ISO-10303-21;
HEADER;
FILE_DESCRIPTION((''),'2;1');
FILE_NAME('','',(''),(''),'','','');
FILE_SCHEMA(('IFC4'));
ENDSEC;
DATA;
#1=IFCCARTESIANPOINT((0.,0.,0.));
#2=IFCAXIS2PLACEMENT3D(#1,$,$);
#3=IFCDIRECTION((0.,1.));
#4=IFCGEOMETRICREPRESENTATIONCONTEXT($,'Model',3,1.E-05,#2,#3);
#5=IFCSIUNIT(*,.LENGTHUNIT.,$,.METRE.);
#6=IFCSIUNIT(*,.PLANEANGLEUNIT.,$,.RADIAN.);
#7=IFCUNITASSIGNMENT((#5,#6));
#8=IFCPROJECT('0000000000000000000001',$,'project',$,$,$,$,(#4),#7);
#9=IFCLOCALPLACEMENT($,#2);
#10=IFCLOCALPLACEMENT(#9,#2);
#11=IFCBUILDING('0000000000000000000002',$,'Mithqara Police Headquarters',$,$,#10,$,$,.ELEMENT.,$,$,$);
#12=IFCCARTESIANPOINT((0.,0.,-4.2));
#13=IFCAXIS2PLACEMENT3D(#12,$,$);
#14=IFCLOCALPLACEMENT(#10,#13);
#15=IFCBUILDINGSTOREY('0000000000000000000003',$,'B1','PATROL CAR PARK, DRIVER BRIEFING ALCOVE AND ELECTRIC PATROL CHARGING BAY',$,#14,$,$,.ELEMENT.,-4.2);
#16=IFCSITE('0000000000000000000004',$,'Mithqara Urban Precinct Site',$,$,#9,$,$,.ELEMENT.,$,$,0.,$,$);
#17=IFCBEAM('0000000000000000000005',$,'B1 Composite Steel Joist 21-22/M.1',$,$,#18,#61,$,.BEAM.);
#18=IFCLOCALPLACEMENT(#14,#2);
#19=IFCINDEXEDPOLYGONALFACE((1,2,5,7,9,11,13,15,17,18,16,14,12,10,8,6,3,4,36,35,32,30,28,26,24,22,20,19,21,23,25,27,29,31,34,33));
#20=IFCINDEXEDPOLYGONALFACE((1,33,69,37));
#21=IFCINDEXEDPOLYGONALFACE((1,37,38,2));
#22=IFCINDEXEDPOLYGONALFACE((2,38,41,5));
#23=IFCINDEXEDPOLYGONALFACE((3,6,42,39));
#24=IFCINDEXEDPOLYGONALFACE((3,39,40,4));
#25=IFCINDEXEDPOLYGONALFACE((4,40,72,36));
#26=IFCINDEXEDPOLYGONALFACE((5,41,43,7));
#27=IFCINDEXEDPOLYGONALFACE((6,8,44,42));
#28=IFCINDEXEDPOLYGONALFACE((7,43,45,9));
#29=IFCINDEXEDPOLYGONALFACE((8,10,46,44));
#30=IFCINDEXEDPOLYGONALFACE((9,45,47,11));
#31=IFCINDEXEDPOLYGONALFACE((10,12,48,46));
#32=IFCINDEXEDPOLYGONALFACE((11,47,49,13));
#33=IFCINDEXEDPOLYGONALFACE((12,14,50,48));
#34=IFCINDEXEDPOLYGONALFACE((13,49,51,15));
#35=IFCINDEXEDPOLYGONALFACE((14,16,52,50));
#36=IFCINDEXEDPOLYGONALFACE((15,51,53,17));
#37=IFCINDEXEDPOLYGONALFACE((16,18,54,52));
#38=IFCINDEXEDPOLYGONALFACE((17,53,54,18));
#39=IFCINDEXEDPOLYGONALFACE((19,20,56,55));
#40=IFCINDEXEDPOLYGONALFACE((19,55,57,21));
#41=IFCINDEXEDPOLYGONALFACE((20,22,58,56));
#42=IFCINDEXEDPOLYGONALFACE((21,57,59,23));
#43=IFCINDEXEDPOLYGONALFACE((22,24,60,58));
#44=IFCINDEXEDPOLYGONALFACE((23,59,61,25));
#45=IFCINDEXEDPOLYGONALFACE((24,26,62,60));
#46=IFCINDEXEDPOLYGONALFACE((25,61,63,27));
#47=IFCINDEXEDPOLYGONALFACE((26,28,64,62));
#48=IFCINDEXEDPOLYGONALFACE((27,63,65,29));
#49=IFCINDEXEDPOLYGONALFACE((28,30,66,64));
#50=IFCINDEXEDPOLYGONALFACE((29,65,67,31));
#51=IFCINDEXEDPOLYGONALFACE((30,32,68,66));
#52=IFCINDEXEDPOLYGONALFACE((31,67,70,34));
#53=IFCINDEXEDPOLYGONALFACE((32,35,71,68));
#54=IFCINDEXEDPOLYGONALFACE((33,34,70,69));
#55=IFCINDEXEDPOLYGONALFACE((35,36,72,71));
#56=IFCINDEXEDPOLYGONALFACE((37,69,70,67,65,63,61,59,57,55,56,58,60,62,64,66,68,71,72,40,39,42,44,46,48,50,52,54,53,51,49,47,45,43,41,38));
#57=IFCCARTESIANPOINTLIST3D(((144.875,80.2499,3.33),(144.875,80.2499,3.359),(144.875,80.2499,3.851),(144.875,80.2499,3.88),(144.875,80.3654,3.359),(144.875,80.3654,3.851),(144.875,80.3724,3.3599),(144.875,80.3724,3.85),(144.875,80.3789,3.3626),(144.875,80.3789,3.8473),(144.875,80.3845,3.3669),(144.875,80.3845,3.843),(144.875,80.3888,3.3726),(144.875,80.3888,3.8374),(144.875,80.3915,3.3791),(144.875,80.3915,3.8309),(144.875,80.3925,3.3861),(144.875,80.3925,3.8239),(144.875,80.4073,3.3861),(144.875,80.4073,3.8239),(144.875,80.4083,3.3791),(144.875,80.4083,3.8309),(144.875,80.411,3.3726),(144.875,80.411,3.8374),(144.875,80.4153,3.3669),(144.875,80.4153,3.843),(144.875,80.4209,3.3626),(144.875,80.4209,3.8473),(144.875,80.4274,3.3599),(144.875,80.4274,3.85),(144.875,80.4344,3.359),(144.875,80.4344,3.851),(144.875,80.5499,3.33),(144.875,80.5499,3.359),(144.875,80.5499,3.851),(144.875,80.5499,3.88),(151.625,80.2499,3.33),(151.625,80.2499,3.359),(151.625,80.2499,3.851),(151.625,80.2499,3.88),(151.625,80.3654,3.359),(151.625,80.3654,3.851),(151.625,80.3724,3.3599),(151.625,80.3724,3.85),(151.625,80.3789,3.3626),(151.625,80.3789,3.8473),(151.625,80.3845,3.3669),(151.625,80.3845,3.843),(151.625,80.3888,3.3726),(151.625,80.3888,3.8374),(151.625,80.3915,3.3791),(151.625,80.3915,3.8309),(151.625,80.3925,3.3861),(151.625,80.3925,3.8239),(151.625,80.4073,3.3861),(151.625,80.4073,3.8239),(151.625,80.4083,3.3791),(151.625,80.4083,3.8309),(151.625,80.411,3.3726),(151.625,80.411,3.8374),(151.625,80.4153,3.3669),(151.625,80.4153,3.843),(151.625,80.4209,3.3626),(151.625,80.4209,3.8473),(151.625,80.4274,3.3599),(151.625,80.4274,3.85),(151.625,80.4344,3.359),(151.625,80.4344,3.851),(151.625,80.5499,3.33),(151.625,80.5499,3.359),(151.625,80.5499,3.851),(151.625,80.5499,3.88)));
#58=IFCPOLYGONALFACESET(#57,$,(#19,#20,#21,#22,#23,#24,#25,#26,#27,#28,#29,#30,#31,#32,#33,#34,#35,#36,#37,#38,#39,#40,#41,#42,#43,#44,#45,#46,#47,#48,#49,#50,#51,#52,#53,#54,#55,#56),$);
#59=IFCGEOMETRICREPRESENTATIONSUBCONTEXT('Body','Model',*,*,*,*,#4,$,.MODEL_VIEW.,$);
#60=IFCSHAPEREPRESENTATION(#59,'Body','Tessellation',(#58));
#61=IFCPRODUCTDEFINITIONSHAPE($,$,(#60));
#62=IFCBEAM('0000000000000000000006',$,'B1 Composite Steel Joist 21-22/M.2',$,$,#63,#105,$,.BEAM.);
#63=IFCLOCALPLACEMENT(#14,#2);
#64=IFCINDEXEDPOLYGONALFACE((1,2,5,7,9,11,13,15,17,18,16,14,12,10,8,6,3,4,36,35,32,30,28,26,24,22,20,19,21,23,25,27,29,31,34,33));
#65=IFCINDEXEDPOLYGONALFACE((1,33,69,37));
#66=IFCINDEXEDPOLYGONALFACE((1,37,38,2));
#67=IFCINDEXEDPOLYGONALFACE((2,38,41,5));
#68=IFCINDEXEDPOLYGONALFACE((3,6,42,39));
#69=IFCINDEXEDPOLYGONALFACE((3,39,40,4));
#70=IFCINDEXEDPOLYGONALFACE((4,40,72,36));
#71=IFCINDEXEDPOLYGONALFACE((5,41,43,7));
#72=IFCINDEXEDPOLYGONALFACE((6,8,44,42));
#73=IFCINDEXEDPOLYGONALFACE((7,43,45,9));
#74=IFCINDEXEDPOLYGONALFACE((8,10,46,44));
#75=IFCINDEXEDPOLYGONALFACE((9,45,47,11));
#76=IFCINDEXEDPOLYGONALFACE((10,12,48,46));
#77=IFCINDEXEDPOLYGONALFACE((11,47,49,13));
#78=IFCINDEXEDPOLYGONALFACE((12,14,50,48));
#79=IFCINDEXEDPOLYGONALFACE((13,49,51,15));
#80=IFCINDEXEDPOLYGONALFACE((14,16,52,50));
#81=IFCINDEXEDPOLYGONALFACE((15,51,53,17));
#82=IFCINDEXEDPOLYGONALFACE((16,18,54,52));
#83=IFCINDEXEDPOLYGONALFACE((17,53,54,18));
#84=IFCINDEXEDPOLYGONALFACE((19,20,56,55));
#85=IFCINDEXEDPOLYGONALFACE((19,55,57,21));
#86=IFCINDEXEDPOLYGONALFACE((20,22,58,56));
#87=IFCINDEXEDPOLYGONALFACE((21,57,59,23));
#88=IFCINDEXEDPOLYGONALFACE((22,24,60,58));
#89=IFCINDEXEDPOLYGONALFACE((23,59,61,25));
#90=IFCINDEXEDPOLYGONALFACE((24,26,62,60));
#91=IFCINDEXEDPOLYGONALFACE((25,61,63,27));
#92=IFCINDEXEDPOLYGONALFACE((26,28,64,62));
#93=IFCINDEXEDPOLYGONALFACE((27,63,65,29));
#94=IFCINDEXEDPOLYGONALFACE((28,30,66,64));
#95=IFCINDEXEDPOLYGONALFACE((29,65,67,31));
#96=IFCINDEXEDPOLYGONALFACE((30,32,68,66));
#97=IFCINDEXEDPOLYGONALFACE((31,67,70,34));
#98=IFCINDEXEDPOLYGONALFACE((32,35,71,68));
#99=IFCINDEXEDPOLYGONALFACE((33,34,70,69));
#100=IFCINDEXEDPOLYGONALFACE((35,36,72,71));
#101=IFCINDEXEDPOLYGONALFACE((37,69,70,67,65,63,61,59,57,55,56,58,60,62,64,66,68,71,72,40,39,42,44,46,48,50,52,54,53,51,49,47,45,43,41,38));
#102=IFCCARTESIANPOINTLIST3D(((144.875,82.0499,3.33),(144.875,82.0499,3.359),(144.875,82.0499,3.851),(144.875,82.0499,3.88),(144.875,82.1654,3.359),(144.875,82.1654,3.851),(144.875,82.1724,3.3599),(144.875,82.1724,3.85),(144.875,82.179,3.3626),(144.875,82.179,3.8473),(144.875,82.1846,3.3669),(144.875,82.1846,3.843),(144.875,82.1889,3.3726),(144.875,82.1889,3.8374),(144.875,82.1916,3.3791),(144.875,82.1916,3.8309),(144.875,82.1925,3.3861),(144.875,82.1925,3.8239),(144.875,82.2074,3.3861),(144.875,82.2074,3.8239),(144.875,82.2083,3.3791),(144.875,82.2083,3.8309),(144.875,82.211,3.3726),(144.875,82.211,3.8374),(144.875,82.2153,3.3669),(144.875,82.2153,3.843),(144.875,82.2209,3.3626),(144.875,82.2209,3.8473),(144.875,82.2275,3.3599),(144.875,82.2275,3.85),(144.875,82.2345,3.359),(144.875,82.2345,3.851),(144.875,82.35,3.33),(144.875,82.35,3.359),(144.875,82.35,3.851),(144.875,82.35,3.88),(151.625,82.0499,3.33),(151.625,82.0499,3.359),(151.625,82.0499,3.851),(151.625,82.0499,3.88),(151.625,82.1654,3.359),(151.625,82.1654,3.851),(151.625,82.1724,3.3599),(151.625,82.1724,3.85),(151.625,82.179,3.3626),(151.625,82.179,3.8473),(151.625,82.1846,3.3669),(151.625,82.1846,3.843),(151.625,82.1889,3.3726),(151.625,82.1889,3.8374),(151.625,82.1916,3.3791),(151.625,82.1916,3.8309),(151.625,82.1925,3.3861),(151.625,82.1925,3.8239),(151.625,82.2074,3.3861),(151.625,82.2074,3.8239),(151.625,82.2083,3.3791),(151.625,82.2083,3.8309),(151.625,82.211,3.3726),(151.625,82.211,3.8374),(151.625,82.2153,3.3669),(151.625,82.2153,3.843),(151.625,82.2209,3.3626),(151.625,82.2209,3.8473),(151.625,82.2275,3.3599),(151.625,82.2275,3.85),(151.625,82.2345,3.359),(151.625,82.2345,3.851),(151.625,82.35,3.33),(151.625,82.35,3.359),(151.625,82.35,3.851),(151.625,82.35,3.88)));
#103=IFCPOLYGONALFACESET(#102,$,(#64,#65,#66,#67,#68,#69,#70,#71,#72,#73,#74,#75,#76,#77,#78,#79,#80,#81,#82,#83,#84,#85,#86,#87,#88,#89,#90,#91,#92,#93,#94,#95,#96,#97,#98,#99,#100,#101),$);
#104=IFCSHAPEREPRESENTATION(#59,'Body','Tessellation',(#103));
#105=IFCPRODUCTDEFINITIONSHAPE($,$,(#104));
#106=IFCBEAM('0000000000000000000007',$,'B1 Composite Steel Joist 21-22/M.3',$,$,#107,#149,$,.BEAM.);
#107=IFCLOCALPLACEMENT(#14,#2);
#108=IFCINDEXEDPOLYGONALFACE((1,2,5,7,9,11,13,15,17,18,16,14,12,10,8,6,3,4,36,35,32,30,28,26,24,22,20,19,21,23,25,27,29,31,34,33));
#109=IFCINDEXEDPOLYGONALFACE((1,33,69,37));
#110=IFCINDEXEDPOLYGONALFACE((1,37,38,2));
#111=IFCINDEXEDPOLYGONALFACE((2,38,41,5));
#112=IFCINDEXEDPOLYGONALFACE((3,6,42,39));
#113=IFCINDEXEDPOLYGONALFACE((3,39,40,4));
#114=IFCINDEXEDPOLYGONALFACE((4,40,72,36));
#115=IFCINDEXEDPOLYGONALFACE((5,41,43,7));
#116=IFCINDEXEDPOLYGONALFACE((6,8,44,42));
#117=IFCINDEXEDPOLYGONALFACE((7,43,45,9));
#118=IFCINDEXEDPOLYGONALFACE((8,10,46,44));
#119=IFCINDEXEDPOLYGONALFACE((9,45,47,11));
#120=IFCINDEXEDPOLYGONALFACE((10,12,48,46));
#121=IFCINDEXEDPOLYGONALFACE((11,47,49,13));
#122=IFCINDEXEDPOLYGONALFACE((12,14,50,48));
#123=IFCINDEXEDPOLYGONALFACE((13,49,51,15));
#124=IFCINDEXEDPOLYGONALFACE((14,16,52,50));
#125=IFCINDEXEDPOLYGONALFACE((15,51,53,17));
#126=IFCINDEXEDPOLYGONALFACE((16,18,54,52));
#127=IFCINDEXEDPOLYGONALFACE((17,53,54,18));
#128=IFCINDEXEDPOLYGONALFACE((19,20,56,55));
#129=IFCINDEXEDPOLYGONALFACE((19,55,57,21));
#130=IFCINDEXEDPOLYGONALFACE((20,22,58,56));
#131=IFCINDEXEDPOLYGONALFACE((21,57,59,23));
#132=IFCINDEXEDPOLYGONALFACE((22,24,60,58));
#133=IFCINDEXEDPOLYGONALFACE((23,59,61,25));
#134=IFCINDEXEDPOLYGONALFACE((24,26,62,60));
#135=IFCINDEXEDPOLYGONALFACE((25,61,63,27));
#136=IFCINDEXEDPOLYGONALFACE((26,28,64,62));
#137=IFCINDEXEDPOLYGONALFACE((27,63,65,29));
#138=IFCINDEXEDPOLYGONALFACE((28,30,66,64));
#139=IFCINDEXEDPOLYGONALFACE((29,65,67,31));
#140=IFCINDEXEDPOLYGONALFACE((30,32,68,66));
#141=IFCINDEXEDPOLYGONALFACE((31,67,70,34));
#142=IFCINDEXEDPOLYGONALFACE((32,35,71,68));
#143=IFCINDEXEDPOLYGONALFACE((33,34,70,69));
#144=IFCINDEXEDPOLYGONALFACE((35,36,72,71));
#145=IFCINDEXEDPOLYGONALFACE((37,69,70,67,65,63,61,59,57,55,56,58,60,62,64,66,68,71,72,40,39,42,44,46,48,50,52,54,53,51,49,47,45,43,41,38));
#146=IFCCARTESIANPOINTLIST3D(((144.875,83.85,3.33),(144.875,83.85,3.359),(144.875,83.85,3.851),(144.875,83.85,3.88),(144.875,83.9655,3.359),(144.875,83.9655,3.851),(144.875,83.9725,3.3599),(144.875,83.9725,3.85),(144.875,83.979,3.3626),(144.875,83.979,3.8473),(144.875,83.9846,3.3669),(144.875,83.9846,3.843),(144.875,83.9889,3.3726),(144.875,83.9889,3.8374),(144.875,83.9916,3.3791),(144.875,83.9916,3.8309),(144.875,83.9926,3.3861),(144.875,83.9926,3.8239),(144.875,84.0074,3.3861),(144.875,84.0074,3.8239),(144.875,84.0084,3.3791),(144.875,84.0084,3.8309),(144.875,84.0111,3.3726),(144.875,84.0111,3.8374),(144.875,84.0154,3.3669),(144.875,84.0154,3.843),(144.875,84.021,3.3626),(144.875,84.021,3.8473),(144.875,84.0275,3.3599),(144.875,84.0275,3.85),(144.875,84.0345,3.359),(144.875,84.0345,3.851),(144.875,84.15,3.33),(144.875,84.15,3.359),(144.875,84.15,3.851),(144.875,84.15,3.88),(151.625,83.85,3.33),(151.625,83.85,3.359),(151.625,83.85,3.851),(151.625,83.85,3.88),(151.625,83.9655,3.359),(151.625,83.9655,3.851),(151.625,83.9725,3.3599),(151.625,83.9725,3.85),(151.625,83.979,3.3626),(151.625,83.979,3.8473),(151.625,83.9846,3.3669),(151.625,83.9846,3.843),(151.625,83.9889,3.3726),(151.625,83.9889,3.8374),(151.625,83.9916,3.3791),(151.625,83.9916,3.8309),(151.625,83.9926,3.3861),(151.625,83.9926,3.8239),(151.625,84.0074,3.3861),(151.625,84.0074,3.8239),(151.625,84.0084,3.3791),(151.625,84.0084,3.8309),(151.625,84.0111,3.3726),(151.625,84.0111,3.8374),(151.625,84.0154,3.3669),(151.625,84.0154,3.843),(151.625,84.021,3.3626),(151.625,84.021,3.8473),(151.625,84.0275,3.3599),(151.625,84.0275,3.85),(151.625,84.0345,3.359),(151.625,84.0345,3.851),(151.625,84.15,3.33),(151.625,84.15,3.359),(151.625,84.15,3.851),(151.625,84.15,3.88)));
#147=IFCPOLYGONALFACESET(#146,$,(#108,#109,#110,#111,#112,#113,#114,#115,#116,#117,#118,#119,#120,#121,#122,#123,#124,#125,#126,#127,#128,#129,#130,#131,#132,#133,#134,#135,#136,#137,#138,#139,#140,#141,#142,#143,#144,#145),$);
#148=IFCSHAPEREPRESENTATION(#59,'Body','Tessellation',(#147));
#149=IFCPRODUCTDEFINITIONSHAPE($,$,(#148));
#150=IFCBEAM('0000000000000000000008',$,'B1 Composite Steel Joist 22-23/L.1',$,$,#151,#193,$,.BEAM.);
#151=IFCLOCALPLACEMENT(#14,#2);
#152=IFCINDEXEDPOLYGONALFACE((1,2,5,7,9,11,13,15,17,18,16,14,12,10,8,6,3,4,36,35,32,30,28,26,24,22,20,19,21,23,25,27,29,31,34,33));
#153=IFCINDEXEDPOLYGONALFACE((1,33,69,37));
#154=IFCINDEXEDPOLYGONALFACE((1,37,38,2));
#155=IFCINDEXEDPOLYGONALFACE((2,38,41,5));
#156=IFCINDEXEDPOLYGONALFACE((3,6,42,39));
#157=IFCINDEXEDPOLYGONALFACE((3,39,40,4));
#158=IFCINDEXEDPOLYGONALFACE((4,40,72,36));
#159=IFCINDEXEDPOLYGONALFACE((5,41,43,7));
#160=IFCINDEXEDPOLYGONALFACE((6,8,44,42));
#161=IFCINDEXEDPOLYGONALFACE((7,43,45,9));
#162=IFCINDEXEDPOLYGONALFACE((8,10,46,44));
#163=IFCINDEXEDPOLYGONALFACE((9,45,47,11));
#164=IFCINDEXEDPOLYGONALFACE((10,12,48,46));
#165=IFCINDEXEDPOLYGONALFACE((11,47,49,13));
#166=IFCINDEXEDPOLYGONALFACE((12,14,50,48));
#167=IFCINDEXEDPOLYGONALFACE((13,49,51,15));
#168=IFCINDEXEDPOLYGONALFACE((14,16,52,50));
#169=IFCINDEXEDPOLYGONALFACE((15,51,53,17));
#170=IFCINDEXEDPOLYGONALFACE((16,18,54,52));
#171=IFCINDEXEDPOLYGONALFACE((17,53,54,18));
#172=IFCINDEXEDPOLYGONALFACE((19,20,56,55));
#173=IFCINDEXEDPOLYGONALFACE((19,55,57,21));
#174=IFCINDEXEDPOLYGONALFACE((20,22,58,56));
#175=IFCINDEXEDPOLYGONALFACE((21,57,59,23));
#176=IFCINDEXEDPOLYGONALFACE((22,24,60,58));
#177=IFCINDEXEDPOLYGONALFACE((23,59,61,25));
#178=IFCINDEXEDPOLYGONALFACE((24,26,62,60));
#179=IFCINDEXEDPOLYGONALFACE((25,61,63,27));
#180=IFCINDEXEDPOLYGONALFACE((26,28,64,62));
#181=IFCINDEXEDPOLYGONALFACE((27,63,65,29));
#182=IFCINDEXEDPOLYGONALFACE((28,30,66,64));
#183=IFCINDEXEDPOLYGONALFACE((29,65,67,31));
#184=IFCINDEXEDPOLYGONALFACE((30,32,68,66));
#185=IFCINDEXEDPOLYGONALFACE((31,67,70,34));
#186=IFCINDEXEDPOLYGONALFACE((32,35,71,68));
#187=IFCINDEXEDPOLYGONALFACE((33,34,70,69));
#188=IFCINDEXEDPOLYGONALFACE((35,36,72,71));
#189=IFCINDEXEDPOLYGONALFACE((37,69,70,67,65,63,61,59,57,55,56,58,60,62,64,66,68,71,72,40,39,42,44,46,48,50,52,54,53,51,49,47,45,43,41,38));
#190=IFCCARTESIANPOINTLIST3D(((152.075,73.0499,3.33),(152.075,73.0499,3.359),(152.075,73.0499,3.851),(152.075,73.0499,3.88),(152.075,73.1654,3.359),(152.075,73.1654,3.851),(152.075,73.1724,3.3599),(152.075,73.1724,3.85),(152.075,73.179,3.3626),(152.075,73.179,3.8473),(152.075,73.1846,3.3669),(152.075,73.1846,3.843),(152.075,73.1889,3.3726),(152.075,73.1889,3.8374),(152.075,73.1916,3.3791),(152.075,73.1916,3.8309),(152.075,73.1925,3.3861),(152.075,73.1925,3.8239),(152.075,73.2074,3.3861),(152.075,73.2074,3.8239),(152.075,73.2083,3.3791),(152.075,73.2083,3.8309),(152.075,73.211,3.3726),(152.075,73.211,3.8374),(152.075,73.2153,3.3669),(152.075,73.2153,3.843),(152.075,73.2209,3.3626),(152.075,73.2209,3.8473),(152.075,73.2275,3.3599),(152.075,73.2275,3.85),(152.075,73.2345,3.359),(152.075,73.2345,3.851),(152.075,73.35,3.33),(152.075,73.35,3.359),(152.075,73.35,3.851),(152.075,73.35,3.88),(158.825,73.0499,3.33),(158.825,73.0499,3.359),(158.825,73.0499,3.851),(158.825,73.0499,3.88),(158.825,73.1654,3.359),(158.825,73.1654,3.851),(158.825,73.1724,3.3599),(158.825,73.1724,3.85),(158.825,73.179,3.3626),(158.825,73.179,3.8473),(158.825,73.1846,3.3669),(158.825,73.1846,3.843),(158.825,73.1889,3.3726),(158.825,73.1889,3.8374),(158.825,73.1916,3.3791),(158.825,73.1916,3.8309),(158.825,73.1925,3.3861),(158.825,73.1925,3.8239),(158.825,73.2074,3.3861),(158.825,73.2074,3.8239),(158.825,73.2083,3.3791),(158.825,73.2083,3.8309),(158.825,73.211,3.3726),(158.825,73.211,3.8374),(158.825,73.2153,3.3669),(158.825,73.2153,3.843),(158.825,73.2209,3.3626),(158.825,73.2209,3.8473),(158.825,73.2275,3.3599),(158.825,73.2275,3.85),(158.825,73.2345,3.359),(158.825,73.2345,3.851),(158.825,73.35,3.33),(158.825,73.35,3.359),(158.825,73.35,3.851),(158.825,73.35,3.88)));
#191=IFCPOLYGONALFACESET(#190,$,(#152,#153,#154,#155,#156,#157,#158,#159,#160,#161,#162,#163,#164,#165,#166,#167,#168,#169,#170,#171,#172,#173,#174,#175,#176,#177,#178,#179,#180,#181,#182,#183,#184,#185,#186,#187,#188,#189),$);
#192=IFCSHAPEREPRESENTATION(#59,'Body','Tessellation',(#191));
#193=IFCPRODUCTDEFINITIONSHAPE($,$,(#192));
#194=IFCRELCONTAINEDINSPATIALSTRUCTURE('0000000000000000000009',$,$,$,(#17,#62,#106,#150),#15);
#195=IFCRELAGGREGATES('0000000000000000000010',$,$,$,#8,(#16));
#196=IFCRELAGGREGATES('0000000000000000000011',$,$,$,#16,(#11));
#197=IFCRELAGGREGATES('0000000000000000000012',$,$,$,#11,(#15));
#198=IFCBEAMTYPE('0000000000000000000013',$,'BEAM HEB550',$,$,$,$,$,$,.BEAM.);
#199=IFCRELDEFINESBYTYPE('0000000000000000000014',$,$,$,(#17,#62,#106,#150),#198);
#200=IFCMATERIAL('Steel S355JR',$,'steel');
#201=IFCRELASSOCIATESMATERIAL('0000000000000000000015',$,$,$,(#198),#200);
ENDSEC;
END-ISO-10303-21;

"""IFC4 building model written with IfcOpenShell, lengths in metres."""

from ifc_helpers import new_model, si_unit, direction, frame, origin, origin_2d, place, context, subcontext, project, spatial, i_section, extrude, material, material_profile, profile_set, type_object, element, save


model = new_model("IFC4")

# Units and contexts
model_context = context("Model", 3, precision=1e-05, world=origin(), true_north=direction((0.0, 1.0)))
body_context = subcontext(model_context, "Body", "Model", "MODEL_VIEW")
ifc_project = project(units=[si_unit("LENGTHUNIT", "METRE"), si_unit("PLANEANGLEUNIT", "RADIAN")], contexts=[model_context])

# Site, building, storey
site_placement = place(None, origin())
site = spatial("IfcSite", under=ifc_project, at=site_placement, Name="Mithqara Urban Precinct Site", CompositionType="ELEMENT", RefElevation=0.0)
building_placement = place(site_placement, origin())
building = spatial("IfcBuilding", under=site, at=building_placement, Name="Mithqara Police Headquarters", CompositionType="ELEMENT")
storey_placement = place(building_placement, frame((0.0, 0.0, -4.2)))
storey = spatial("IfcBuildingStorey", under=building, at=storey_placement, Name="B1", Description="PATROL CAR PARK, DRIVER BRIEFING ALCOVE AND ELECTRIC PATROL CHARGING BAY", CompositionType="ELEMENT", Elevation=-4.2)

# Beams
ifc_material_1 = material(Name="Steel S355JR", Category="steel")
ifc_material_profile_1 = material_profile(ifc_material_1, i_section(OverallWidth=0.3, OverallDepth=0.55, WebThickness=0.0149, FlangeThickness=0.0291, FilletRadius=0.0271, at=origin_2d()), Name="HEB 550")
ifc_profile_set_1 = profile_set([ifc_material_profile_1], Name="Steel S355JR")
beam_type_1 = type_object("IfcBeamType", Name="BEAM HEB550", PredefinedType="BEAM", material=ifc_profile_set_1)
for number, where, z_axis, x_axis, name in (
    (1, (144.875, 80.3999, 3.605), (1.0, 0.0, 0.0), (0.0, 1.0, 0.0), "B1 Composite Steel Joist 21-22/M.1"),
    (2, (144.875, 82.2, 3.605), (1.0, 0.0, 0.0), (0.0, 1.0, 0.0), "B1 Composite Steel Joist 21-22/M.2"),
    (3, (144.875, 84.0, 3.605), (1.0, 0.0, 0.0), (0.0, 1.0, 0.0), "B1 Composite Steel Joist 21-22/M.3"),
    (4, (152.075, 73.2, 3.605), (1.0, 0.0, 0.0), (0.0, 1.0, 0.0), "B1 Composite Steel Joist 22-23/L.1"),
):
    element("IfcBeam", number, at=place(storey_placement, frame(where, z_axis=z_axis, x_axis=x_axis)), inside=storey, type_object=beam_type_1, Name=name, PredefinedType="BEAM", context=body_context, shape_type="SweptSolid", body=[
        extrude(i_section(OverallWidth=0.3, OverallDepth=0.55, WebThickness=0.0149, FlangeThickness=0.0291, FilletRadius=0.0271, at=origin_2d()), origin(), (0.0, 0.0, 1.0), 6.75),
    ])

save(model, "model.ifc")
